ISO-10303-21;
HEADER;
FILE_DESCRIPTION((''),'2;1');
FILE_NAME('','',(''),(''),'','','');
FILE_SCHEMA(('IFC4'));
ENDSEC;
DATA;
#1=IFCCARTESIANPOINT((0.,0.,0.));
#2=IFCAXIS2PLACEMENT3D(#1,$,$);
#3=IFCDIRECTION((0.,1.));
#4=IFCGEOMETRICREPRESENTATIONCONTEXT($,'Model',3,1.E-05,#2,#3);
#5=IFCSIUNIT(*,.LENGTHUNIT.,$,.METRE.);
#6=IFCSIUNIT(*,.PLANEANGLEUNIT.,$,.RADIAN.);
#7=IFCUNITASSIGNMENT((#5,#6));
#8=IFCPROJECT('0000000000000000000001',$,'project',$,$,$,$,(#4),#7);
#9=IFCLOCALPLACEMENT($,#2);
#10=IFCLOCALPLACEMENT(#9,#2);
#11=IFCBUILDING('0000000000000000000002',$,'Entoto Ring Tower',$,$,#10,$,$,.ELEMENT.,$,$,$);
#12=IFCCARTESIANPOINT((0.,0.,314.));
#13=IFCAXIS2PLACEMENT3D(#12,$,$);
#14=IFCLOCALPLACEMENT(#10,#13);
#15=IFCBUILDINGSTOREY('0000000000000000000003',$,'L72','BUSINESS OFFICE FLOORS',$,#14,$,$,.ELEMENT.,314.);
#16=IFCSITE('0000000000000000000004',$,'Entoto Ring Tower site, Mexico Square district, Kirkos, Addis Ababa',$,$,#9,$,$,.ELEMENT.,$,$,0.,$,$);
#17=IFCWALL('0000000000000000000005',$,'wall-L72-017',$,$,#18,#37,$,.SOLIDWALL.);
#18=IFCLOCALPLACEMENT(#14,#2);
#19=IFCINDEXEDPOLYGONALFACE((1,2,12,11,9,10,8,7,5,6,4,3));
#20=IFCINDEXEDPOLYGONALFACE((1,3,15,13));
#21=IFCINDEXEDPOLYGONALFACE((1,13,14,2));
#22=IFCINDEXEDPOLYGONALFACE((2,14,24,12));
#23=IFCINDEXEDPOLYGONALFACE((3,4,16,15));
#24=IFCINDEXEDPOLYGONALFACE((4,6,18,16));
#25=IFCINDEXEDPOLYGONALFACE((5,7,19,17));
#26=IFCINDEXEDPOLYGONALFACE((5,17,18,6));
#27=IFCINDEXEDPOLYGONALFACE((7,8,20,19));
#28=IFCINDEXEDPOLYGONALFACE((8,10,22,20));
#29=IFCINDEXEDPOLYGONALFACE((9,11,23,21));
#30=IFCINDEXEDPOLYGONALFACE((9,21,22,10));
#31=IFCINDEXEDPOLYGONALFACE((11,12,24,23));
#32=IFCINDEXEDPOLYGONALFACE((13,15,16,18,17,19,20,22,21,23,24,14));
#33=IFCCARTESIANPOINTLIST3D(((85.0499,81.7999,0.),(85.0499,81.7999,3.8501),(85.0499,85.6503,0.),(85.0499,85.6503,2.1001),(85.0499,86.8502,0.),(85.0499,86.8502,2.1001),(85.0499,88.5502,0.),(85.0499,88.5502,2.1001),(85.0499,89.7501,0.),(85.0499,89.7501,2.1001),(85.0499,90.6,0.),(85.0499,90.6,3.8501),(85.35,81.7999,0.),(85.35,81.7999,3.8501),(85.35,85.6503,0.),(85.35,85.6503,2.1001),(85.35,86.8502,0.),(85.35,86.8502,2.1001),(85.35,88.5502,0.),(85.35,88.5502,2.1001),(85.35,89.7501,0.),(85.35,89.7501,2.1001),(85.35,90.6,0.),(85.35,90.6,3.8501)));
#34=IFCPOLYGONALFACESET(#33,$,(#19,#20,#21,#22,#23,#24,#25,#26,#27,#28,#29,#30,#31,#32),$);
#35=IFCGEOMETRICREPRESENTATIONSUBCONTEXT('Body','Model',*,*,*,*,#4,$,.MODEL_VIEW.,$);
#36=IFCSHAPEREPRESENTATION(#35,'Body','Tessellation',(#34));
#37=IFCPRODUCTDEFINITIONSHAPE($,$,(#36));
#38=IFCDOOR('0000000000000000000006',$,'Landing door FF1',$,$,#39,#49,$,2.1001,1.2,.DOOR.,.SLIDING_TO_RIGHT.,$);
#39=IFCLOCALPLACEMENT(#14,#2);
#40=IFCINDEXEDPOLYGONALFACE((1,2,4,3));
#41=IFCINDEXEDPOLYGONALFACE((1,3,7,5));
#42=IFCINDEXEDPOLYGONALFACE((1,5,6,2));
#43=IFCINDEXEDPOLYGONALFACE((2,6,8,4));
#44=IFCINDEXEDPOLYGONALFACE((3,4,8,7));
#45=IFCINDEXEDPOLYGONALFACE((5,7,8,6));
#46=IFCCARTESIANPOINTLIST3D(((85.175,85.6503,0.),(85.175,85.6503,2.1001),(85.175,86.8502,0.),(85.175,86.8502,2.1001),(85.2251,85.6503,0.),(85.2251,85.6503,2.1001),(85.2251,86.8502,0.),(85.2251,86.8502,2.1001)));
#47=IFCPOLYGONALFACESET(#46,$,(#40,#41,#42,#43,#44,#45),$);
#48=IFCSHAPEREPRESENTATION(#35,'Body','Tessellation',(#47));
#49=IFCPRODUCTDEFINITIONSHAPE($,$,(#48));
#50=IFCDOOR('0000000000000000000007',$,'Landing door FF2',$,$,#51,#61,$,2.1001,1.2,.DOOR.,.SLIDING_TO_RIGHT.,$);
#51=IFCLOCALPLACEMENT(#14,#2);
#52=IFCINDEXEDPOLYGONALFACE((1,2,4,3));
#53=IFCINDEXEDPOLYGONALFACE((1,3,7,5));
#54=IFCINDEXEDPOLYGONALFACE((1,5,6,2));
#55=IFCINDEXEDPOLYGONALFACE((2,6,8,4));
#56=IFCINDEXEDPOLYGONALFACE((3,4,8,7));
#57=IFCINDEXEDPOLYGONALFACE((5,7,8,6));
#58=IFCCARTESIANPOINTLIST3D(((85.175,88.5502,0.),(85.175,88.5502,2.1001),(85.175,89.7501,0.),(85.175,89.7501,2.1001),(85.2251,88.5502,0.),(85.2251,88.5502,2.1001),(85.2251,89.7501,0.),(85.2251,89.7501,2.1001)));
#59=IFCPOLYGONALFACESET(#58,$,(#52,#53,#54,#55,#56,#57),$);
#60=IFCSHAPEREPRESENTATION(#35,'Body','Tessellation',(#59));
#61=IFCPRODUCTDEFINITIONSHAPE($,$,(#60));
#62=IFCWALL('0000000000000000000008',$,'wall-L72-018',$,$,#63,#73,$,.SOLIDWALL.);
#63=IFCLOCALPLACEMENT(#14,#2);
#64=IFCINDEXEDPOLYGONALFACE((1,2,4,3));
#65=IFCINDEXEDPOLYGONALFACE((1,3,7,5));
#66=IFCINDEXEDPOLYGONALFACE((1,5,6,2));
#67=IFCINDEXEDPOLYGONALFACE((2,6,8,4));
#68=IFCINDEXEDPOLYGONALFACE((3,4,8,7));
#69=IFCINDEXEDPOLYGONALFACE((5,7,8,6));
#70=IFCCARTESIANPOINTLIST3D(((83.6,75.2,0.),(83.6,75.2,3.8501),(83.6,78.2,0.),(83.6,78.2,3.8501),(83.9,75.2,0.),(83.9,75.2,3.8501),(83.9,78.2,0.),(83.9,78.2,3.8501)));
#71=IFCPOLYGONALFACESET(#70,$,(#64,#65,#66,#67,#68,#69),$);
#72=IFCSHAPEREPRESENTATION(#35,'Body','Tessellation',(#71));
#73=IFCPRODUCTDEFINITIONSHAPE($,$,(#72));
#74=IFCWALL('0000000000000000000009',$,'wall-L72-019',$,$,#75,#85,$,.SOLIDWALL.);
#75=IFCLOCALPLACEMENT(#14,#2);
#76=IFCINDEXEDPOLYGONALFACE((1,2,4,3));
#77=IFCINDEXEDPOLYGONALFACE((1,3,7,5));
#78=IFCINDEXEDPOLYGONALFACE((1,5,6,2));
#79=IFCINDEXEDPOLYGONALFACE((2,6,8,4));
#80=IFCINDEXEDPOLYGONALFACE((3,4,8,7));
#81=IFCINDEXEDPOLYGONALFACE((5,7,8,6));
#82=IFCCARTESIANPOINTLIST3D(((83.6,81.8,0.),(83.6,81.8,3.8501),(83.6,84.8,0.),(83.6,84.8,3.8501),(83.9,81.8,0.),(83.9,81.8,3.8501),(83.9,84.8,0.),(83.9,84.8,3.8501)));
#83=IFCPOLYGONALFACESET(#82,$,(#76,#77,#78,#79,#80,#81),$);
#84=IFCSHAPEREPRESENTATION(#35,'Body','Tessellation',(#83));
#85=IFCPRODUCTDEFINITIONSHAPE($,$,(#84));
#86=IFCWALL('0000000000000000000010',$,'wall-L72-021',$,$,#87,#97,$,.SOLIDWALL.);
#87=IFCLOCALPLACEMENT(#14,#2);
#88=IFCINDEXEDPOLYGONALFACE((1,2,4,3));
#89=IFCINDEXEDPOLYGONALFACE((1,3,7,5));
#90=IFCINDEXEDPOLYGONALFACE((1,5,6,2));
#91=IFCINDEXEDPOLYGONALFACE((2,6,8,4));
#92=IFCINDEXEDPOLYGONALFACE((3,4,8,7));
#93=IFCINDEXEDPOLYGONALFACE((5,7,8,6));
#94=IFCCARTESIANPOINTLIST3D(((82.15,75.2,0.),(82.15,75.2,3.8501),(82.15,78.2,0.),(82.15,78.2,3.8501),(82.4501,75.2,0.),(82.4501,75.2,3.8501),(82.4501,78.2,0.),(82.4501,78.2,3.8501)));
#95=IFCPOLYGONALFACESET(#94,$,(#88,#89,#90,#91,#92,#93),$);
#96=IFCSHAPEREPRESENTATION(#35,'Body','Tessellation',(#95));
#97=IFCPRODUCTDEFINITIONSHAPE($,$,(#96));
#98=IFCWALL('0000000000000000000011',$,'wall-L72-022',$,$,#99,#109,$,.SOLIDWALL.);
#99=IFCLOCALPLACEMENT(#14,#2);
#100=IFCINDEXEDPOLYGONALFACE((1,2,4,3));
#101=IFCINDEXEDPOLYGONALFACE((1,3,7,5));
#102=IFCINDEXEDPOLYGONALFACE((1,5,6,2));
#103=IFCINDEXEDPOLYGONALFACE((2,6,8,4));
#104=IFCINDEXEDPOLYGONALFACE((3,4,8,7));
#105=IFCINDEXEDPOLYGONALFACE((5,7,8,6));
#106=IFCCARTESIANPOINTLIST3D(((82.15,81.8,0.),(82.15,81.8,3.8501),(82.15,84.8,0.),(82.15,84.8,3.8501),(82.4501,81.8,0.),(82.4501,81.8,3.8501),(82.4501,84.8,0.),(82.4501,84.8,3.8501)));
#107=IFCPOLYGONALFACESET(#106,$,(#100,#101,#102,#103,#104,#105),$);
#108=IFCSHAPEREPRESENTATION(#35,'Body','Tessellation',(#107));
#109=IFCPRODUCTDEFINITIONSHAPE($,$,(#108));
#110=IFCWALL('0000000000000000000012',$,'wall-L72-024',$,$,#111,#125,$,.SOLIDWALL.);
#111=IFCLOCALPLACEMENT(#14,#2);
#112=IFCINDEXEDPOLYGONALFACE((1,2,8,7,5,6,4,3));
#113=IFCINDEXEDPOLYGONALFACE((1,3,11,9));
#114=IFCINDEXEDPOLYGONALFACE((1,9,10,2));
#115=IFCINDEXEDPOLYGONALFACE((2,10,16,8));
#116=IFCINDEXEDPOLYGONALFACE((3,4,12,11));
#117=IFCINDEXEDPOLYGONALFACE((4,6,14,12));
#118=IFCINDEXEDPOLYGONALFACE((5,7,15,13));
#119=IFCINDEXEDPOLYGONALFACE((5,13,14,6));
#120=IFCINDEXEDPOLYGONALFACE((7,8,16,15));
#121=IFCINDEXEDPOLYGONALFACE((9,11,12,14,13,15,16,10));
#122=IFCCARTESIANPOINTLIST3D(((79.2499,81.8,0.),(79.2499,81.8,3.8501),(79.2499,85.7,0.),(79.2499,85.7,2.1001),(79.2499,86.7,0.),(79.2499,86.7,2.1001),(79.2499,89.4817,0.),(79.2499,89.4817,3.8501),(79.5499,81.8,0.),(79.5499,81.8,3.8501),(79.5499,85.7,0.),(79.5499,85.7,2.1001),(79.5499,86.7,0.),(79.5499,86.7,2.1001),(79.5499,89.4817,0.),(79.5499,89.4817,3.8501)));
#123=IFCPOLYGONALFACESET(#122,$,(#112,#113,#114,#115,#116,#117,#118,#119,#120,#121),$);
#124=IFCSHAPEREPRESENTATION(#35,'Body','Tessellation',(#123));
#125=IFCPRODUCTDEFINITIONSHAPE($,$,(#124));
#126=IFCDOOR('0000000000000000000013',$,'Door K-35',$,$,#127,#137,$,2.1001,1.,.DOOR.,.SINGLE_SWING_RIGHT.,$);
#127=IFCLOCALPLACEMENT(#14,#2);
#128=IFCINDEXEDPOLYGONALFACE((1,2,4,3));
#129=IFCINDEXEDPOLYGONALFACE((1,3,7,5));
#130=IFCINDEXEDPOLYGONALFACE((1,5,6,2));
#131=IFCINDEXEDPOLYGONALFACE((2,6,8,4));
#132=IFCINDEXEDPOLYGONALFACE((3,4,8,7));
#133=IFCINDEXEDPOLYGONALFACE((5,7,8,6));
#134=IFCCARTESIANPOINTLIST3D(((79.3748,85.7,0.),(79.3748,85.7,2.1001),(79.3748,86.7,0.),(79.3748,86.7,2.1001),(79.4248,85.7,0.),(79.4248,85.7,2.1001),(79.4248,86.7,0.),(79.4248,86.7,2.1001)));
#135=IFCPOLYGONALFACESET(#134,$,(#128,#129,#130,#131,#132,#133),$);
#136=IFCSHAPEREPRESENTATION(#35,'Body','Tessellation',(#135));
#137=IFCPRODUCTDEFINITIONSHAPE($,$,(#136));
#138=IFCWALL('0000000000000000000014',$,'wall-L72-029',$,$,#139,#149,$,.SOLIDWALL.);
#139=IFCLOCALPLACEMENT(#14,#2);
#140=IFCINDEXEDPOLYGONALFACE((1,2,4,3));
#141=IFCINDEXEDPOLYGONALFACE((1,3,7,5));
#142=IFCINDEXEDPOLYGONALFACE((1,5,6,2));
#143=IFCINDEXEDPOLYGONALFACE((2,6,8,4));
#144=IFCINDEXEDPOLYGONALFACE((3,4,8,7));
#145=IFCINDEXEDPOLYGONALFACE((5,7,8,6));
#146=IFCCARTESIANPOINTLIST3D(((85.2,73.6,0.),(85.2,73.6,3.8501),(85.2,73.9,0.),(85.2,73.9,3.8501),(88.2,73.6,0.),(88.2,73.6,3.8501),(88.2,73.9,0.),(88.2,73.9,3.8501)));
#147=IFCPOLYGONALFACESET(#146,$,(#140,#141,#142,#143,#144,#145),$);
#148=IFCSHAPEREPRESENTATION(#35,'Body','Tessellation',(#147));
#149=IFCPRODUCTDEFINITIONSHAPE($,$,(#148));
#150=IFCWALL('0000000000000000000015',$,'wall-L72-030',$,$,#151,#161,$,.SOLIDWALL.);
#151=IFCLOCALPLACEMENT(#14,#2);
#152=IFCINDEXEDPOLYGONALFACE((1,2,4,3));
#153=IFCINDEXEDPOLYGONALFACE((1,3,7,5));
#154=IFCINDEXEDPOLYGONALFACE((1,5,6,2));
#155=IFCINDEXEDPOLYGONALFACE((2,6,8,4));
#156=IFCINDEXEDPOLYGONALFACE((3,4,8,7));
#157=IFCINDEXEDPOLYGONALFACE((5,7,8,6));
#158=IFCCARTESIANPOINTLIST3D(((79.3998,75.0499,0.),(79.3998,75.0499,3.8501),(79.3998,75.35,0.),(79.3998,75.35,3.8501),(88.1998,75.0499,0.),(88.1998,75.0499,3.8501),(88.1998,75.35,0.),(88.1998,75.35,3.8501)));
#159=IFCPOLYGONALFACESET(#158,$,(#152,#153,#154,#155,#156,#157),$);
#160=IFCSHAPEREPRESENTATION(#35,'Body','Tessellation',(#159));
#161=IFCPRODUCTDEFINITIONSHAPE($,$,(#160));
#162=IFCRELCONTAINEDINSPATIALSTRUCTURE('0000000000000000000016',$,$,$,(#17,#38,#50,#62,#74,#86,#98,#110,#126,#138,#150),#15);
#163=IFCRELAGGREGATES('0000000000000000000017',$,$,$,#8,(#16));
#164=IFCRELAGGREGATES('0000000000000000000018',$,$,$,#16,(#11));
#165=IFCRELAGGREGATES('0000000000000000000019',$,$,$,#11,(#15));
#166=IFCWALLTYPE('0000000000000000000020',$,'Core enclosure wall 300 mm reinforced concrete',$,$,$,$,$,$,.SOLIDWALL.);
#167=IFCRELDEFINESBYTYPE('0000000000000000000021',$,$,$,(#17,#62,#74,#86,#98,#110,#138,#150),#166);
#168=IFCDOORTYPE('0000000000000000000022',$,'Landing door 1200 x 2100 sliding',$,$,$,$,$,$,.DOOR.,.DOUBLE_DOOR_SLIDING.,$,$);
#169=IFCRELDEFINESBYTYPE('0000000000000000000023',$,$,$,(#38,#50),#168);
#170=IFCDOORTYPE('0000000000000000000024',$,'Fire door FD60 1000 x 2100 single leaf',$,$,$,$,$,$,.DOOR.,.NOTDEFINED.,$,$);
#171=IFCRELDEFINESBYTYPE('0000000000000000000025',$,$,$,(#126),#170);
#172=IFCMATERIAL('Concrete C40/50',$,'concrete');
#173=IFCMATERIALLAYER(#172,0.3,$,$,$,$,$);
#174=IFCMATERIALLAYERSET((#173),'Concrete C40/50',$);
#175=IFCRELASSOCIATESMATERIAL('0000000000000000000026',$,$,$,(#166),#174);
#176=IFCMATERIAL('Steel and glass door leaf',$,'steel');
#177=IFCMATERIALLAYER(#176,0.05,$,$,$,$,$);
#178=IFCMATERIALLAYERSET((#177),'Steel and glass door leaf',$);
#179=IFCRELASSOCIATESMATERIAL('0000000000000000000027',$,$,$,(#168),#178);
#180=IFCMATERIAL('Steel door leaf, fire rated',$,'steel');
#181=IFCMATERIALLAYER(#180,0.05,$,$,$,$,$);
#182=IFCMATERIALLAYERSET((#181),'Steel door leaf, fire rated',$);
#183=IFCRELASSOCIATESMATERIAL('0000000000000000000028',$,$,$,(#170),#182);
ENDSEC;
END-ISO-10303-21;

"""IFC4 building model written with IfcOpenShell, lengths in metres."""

from ifc_helpers import new_model, si_unit, direction, frame, frame_2d, origin, place, context, subcontext, project, spatial, rectangle, extrude, material, layer, layer_set, type_object, element, fill, save


model = new_model("IFC4")

# Units and contexts
model_context = context("Model", 3, precision=1e-05, world=origin(), true_north=direction((0.0, 1.0)))
body_context = subcontext(model_context, "Body", "Model", "MODEL_VIEW")
ifc_project = project(units=[si_unit("LENGTHUNIT", "METRE"), si_unit("PLANEANGLEUNIT", "RADIAN")], contexts=[model_context])

# Site, building, storey
site_placement = place(None, origin())
site = spatial("IfcSite", under=ifc_project, at=site_placement, Name="Entoto Ring Tower site, Mexico Square district, Kirkos, Addis Ababa", CompositionType="ELEMENT", RefElevation=0.0)
building_placement = place(site_placement, origin())
building = spatial("IfcBuilding", under=site, at=building_placement, Name="Entoto Ring Tower", CompositionType="ELEMENT")
storey_placement = place(building_placement, frame((0.0, 0.0, 314.0)))
storey = spatial("IfcBuildingStorey", under=building, at=storey_placement, Name="L72", Description="BUSINESS OFFICE FLOORS", CompositionType="ELEMENT", Elevation=314.0)

# Wall, openings, doors
ifc_material_1 = material(Name="Concrete C40/50", Category="concrete")
ifc_layer_1 = layer(ifc_material_1, 0.3)
ifc_layer_set_1 = layer_set([ifc_layer_1], Name="Concrete C40/50")
wall_type = type_object("IfcWallType", Name="Core enclosure wall 300 mm reinforced concrete", PredefinedType="SOLIDWALL", material=ifc_layer_set_1)
wall_1_placement = place(storey_placement, frame((85.2, 81.8, 0.0), z_axis=(0.0, 0.0, 1.0), x_axis=(0.0, 1.0, 0.0)))
wall_1 = element("IfcWall", 1, at=wall_1_placement, inside=storey, type_object=wall_type, Name="wall-L72-017", PredefinedType="SOLIDWALL", context=body_context, shape_type="SweptSolid", body=[
    extrude(rectangle(XDim=8.8, YDim=0.3, at=frame_2d((4.3999, 0.0))), origin(), (0.0, 0.0, 1.0), 3.8501),
])
opening_1_placement = place(wall_1_placement, frame((3.8501, 0.0, 0.0)))
opening_1 = element("IfcOpeningElement", 2, at=opening_1_placement, cuts=wall_1, PredefinedType="OPENING", context=body_context, shape_type="SweptSolid", body=[
    extrude(rectangle(XDim=1.2, YDim=2.1001, at=frame_2d((0.6001, 1.05))), frame((0.0, 0.1602, 0.0), z_axis=(0.0, -1.0, 0.0), x_axis=(1.0, 0.0, 0.0)), (0.0, 0.0, 1.0), 0.3201),
])
opening_2_placement = place(wall_1_placement, frame((6.75, 0.0, 0.0)))
opening_2 = element("IfcOpeningElement", 3, at=opening_2_placement, cuts=wall_1, PredefinedType="OPENING", context=body_context, shape_type="SweptSolid", body=[
    extrude(rectangle(XDim=1.2, YDim=2.1001, at=frame_2d((0.6001, 1.05))), frame((0.0, 0.1602, 0.0), z_axis=(0.0, -1.0, 0.0), x_axis=(1.0, 0.0, 0.0)), (0.0, 0.0, 1.0), 0.3201),
])
ifc_material_2 = material(Name="Steel and glass door leaf", Category="steel")
ifc_layer_2 = layer(ifc_material_2, 0.05)
ifc_layer_set_2 = layer_set([ifc_layer_2], Name="Steel and glass door leaf")
door_type_1 = type_object("IfcDoorType", Name="Landing door 1200 x 2100 sliding", OperationType="DOUBLE_DOOR_SLIDING", PredefinedType="DOOR", material=ifc_layer_set_2)
door_1_placement = place(opening_1_placement, origin())
door_1 = element("IfcDoor", 4, at=door_1_placement, inside=storey, type_object=door_type_1, Name="Landing door FF1", OperationType="SLIDING_TO_RIGHT", OverallHeight=2.1001, OverallWidth=1.2, PredefinedType="DOOR", context=body_context, shape_type="SweptSolid", body=[
    extrude(rectangle(XDim=1.2, YDim=2.1001, at=frame_2d((0.6001, 1.05))), frame((0.0, 0.0249, 0.0), z_axis=(0.0, -1.0, 0.0), x_axis=(1.0, 0.0, 0.0)), (0.0, 0.0, 1.0), 0.05),
])
fill(opening_1, door_1)
door_2_placement = place(opening_2_placement, origin())
door_2 = element("IfcDoor", 5, at=door_2_placement, inside=storey, type_object=door_type_1, Name="Landing door FF2", OperationType="SLIDING_TO_RIGHT", OverallHeight=2.1001, OverallWidth=1.2, PredefinedType="DOOR", context=body_context, shape_type="SweptSolid", body=[
    extrude(rectangle(XDim=1.2, YDim=2.1001, at=frame_2d((0.6001, 1.05))), frame((0.0, 0.0249, 0.0), z_axis=(0.0, -1.0, 0.0), x_axis=(1.0, 0.0, 0.0)), (0.0, 0.0, 1.0), 0.05),
])
fill(opening_2, door_2)

# Walls
for number, where, z_axis, x_axis, name in (
    (6, (83.75, 75.2, 0.0), (0.0, 0.0, 1.0), (0.0, 1.0, 0.0), "wall-L72-018"),
    (7, (83.75, 81.8, 0.0), (0.0, 0.0, 1.0), (0.0, 1.0, 0.0), "wall-L72-019"),
    (8, (82.3, 75.2, 0.0), (0.0, 0.0, 1.0), (0.0, 1.0, 0.0), "wall-L72-021"),
    (9, (82.3, 81.8, 0.0), (0.0, 0.0, 1.0), (0.0, 1.0, 0.0), "wall-L72-022"),
):
    element("IfcWall", number, at=place(storey_placement, frame(where, z_axis=z_axis, x_axis=x_axis)), inside=storey, type_object=wall_type, Name=name, PredefinedType="SOLIDWALL", context=body_context, shape_type="SweptSolid", body=[
        extrude(rectangle(XDim=3.0, YDim=0.3, at=frame_2d((1.5, 0.0))), origin(), (0.0, 0.0, 1.0), 3.8501),
    ])

# Wall, opening, door
wall_2_placement = place(storey_placement, frame((79.3999, 81.8, 0.0), z_axis=(0.0, 0.0, 1.0), x_axis=(0.0, 1.0, 0.0)))
wall_2 = element("IfcWall", 10, at=wall_2_placement, inside=storey, type_object=wall_type, Name="wall-L72-024", PredefinedType="SOLIDWALL", context=body_context, shape_type="SweptSolid", body=[
    extrude(rectangle(XDim=7.6816, YDim=0.3, at=frame_2d((3.8408, 0.0))), origin(), (0.0, 0.0, 1.0), 3.8501),
])
opening_3_placement = place(wall_2_placement, frame((3.8999, 0.0, 0.0)))
opening_3 = element("IfcOpeningElement", 11, at=opening_3_placement, cuts=wall_2, PredefinedType="OPENING", context=body_context, shape_type="SweptSolid", body=[
    extrude(rectangle(XDim=1.0, YDim=2.1001, at=frame_2d((0.5, 1.05))), frame((0.0, 0.1602, 0.0), z_axis=(0.0, -1.0, 0.0), x_axis=(1.0, 0.0, 0.0)), (0.0, 0.0, 1.0), 0.3201),
])
ifc_material_3 = material(Name="Steel door leaf, fire rated", Category="steel")
ifc_layer_3 = layer(ifc_material_3, 0.05)
ifc_layer_set_3 = layer_set([ifc_layer_3], Name="Steel door leaf, fire rated")
door_type_2 = type_object("IfcDoorType", Name="Fire door FD60 1000 x 2100 single leaf", OperationType="NOTDEFINED", PredefinedType="DOOR", material=ifc_layer_set_3)
door_3_placement = place(opening_3_placement, frame((1.0, 0.0, 0.0), z_axis=(0.0, 0.0, 1.0), x_axis=(-1.0, 0.0, 0.0)))
door_3 = element("IfcDoor", 12, at=door_3_placement, inside=storey, type_object=door_type_2, Name="Door K-35", OperationType="SINGLE_SWING_RIGHT", OverallHeight=2.1001, OverallWidth=1.0, PredefinedType="DOOR", context=body_context, shape_type="SweptSolid", body=[
    extrude(rectangle(XDim=1.0, YDim=2.1001, at=frame_2d((0.5, 1.05))), frame((0.0, 0.0249, 0.0), z_axis=(0.0, -1.0, 0.0), x_axis=(1.0, 0.0, 0.0)), (0.0, 0.0, 1.0), 0.05),
])
fill(opening_3, door_3)

# Walls
wall_3_placement = place(storey_placement, frame((85.2, 73.75, 0.0), z_axis=(0.0, 0.0, 1.0), x_axis=(1.0, 0.0, 0.0)))
element("IfcWall", 13, at=wall_3_placement, inside=storey, type_object=wall_type, Name="wall-L72-029", PredefinedType="SOLIDWALL", context=body_context, shape_type="SweptSolid", body=[
    extrude(rectangle(XDim=3.0, YDim=0.3, at=frame_2d((1.5, 0.0))), origin(), (0.0, 0.0, 1.0), 3.8501),
])
wall_4_placement = place(storey_placement, frame((79.3999, 75.2, 0.0), z_axis=(0.0, 0.0, 1.0), x_axis=(1.0, 0.0, 0.0)))
element("IfcWall", 14, at=wall_4_placement, inside=storey, type_object=wall_type, Name="wall-L72-030", PredefinedType="SOLIDWALL", context=body_context, shape_type="SweptSolid", body=[
    extrude(rectangle(XDim=8.8, YDim=0.3, at=frame_2d((4.3999, 0.0))), origin(), (0.0, 0.0, 1.0), 3.8501),
])

save(model, "model.ifc")
